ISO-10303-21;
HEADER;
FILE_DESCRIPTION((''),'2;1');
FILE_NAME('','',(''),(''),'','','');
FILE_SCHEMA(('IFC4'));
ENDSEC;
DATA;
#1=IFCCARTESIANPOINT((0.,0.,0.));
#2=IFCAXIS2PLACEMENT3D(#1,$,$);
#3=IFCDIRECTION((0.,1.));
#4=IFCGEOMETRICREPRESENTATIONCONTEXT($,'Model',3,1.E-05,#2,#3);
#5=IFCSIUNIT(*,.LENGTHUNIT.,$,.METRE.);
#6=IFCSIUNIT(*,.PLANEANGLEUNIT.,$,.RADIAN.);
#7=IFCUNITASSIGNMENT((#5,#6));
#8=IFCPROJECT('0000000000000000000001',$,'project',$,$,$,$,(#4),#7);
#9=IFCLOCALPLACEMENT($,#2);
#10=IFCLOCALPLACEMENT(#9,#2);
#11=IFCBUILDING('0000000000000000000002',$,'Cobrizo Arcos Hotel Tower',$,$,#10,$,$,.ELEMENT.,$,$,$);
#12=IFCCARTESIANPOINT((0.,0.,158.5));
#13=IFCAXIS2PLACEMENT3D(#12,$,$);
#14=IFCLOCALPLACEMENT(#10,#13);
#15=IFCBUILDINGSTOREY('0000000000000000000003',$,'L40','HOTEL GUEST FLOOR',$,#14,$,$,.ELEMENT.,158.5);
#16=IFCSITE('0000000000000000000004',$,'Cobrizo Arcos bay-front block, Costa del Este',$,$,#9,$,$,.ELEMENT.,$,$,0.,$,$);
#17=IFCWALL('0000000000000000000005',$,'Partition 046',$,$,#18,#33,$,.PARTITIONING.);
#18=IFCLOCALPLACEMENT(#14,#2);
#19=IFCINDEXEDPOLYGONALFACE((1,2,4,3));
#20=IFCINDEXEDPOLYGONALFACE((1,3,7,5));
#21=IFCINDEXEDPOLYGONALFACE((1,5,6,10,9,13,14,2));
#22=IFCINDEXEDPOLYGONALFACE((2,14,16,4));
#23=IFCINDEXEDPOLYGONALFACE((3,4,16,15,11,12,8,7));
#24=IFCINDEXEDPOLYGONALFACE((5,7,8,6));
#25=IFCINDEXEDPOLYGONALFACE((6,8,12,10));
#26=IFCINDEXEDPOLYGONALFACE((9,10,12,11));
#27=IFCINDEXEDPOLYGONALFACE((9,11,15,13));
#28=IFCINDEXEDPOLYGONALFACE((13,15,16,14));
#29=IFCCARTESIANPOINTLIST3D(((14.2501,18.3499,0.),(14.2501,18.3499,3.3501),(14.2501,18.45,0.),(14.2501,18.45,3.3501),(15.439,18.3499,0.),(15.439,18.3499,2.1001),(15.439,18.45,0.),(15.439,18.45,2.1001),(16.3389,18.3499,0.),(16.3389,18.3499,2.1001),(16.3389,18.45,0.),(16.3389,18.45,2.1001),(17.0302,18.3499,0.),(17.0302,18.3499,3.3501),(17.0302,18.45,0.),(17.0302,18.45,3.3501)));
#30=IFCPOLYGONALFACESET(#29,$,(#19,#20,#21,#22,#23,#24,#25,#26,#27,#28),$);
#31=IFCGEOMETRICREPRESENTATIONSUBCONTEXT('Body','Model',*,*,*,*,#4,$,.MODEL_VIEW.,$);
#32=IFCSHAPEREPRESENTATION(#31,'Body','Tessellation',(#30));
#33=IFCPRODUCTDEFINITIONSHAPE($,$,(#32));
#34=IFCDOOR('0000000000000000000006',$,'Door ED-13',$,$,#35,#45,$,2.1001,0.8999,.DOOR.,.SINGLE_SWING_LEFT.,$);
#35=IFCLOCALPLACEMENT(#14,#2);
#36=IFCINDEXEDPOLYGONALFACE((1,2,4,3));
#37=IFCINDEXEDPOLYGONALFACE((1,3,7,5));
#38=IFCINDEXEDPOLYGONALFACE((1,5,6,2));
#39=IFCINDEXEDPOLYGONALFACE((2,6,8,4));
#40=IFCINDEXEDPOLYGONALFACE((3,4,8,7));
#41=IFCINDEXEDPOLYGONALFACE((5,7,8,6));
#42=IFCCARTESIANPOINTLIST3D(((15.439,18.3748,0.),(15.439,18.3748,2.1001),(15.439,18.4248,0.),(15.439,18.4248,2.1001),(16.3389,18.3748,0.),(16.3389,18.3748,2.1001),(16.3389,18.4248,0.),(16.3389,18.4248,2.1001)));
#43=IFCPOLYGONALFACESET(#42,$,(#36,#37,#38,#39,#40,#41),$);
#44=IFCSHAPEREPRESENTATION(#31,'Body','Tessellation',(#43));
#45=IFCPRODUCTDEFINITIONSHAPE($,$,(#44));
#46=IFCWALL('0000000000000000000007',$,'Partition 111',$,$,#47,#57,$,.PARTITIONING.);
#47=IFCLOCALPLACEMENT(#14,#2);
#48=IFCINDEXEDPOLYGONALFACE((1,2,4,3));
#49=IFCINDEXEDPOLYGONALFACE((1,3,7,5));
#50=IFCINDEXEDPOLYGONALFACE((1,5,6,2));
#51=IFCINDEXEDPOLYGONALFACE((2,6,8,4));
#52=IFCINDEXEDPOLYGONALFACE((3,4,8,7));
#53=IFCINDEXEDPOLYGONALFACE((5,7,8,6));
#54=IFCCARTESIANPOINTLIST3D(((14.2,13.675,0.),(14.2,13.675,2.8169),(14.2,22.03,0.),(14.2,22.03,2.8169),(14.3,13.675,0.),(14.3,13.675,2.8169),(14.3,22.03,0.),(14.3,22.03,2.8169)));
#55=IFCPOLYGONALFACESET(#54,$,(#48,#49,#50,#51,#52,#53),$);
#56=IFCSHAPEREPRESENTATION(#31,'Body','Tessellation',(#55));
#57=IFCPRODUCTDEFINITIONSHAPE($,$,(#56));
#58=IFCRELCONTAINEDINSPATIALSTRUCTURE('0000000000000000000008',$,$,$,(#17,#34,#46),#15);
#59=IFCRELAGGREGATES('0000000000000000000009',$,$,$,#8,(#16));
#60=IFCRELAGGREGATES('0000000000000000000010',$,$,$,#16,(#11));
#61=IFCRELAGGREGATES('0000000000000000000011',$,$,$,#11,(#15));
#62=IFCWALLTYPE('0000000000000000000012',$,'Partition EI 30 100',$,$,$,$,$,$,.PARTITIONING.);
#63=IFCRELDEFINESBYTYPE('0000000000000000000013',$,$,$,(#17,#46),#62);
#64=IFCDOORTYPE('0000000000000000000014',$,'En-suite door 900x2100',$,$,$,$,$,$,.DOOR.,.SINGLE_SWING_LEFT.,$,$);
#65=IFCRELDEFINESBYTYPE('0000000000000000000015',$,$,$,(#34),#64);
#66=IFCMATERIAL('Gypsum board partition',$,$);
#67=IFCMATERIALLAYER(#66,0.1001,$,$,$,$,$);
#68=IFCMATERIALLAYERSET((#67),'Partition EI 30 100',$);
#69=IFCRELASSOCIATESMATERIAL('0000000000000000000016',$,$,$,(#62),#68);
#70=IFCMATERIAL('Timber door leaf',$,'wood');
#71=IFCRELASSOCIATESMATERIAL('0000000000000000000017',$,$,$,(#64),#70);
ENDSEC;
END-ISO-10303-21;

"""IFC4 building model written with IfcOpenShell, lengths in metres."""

from ifc_helpers import new_model, si_unit, direction, frame, frame_2d, origin, place, context, subcontext, project, spatial, rectangle, extrude, material, layer, layer_set, type_object, element, fill, save


model = new_model("IFC4")

# Units and contexts
model_context = context("Model", 3, precision=1e-05, world=origin(), true_north=direction((0.0, 1.0)))
body_context = subcontext(model_context, "Body", "Model", "MODEL_VIEW")
ifc_project = project(units=[si_unit("LENGTHUNIT", "METRE"), si_unit("PLANEANGLEUNIT", "RADIAN")], contexts=[model_context])

# Site, building, storey
site_placement = place(None, origin())
site = spatial("IfcSite", under=ifc_project, at=site_placement, Name="Cobrizo Arcos bay-front block, Costa del Este", CompositionType="ELEMENT", RefElevation=0.0)
building_placement = place(site_placement, origin())
building = spatial("IfcBuilding", under=site, at=building_placement, Name="Cobrizo Arcos Hotel Tower", CompositionType="ELEMENT")
storey_placement = place(building_placement, frame((0.0, 0.0, 158.5)))
storey = spatial("IfcBuildingStorey", under=building, at=storey_placement, Name="L40", Description="HOTEL GUEST FLOOR", CompositionType="ELEMENT", Elevation=158.5)

# Wall, opening, door
ifc_material_1 = material(Name="Gypsum board partition")
ifc_layer_1 = layer(ifc_material_1, 0.1001)
ifc_layer_set_1 = layer_set([ifc_layer_1], Name="Partition EI 30 100")
wall_type = type_object("IfcWallType", Name="Partition EI 30 100", PredefinedType="PARTITIONING", material=ifc_layer_set_1)
wall_1_placement = place(storey_placement, frame((14.25, 18.3999, 0.0), z_axis=(0.0, 0.0, 1.0), x_axis=(1.0, 0.0, 0.0)))
wall_1 = element("IfcWall", 1, at=wall_1_placement, inside=storey, type_object=wall_type, Name="Partition 046", PredefinedType="PARTITIONING", context=body_context, shape_type="SweptSolid", body=[
    extrude(rectangle(XDim=2.78, YDim=0.1001, at=frame_2d((1.3901, 0.0))), origin(), (0.0, 0.0, 1.0), 3.3501),
])
opening_placement = place(wall_1_placement, frame((1.189, 0.0, 0.0)))
opening = element("IfcOpeningElement", 2, at=opening_placement, cuts=wall_1, PredefinedType="OPENING", context=body_context, shape_type="SweptSolid", body=[
    extrude(rectangle(XDim=0.8999, YDim=2.1001, at=frame_2d((0.45, 1.05))), frame((0.0, 0.062, 0.0), z_axis=(0.0, -1.0, 0.0), x_axis=(1.0, 0.0, 0.0)), (0.0, 0.0, 1.0), 0.124),
])
ifc_material_2 = material(Name="Timber door leaf", Category="wood")
door_type = type_object("IfcDoorType", Name="En-suite door 900x2100", OperationType="SINGLE_SWING_LEFT", PredefinedType="DOOR", material=ifc_material_2)
door_placement = place(opening_placement, origin())
door = element("IfcDoor", 3, at=door_placement, inside=storey, type_object=door_type, Name="Door ED-13", OperationType="SINGLE_SWING_LEFT", OverallHeight=2.1001, OverallWidth=0.8999, PredefinedType="DOOR", context=body_context, shape_type="SweptSolid", body=[
    extrude(rectangle(XDim=0.8999, YDim=2.1001, at=frame_2d((0.45, 1.05))), frame((0.0, 0.0249, 0.0), z_axis=(0.0, -1.0, 0.0), x_axis=(1.0, 0.0, 0.0)), (0.0, 0.0, 1.0), 0.05),
])
fill(opening, door)

# Wall
wall_2_placement = place(storey_placement, frame((14.25, 13.675, 0.0), z_axis=(0.0, 0.0, 1.0), x_axis=(0.0, 1.0, 0.0)))
element("IfcWall", 4, at=wall_2_placement, inside=storey, type_object=wall_type, Name="Partition 111", PredefinedType="PARTITIONING", context=body_context, shape_type="SweptSolid", body=[
    extrude(rectangle(XDim=8.355, YDim=0.1001, at=frame_2d((4.1775, 0.0))), origin(), (0.0, 0.0, 1.0), 2.8169),
])

save(model, "model.ifc")
